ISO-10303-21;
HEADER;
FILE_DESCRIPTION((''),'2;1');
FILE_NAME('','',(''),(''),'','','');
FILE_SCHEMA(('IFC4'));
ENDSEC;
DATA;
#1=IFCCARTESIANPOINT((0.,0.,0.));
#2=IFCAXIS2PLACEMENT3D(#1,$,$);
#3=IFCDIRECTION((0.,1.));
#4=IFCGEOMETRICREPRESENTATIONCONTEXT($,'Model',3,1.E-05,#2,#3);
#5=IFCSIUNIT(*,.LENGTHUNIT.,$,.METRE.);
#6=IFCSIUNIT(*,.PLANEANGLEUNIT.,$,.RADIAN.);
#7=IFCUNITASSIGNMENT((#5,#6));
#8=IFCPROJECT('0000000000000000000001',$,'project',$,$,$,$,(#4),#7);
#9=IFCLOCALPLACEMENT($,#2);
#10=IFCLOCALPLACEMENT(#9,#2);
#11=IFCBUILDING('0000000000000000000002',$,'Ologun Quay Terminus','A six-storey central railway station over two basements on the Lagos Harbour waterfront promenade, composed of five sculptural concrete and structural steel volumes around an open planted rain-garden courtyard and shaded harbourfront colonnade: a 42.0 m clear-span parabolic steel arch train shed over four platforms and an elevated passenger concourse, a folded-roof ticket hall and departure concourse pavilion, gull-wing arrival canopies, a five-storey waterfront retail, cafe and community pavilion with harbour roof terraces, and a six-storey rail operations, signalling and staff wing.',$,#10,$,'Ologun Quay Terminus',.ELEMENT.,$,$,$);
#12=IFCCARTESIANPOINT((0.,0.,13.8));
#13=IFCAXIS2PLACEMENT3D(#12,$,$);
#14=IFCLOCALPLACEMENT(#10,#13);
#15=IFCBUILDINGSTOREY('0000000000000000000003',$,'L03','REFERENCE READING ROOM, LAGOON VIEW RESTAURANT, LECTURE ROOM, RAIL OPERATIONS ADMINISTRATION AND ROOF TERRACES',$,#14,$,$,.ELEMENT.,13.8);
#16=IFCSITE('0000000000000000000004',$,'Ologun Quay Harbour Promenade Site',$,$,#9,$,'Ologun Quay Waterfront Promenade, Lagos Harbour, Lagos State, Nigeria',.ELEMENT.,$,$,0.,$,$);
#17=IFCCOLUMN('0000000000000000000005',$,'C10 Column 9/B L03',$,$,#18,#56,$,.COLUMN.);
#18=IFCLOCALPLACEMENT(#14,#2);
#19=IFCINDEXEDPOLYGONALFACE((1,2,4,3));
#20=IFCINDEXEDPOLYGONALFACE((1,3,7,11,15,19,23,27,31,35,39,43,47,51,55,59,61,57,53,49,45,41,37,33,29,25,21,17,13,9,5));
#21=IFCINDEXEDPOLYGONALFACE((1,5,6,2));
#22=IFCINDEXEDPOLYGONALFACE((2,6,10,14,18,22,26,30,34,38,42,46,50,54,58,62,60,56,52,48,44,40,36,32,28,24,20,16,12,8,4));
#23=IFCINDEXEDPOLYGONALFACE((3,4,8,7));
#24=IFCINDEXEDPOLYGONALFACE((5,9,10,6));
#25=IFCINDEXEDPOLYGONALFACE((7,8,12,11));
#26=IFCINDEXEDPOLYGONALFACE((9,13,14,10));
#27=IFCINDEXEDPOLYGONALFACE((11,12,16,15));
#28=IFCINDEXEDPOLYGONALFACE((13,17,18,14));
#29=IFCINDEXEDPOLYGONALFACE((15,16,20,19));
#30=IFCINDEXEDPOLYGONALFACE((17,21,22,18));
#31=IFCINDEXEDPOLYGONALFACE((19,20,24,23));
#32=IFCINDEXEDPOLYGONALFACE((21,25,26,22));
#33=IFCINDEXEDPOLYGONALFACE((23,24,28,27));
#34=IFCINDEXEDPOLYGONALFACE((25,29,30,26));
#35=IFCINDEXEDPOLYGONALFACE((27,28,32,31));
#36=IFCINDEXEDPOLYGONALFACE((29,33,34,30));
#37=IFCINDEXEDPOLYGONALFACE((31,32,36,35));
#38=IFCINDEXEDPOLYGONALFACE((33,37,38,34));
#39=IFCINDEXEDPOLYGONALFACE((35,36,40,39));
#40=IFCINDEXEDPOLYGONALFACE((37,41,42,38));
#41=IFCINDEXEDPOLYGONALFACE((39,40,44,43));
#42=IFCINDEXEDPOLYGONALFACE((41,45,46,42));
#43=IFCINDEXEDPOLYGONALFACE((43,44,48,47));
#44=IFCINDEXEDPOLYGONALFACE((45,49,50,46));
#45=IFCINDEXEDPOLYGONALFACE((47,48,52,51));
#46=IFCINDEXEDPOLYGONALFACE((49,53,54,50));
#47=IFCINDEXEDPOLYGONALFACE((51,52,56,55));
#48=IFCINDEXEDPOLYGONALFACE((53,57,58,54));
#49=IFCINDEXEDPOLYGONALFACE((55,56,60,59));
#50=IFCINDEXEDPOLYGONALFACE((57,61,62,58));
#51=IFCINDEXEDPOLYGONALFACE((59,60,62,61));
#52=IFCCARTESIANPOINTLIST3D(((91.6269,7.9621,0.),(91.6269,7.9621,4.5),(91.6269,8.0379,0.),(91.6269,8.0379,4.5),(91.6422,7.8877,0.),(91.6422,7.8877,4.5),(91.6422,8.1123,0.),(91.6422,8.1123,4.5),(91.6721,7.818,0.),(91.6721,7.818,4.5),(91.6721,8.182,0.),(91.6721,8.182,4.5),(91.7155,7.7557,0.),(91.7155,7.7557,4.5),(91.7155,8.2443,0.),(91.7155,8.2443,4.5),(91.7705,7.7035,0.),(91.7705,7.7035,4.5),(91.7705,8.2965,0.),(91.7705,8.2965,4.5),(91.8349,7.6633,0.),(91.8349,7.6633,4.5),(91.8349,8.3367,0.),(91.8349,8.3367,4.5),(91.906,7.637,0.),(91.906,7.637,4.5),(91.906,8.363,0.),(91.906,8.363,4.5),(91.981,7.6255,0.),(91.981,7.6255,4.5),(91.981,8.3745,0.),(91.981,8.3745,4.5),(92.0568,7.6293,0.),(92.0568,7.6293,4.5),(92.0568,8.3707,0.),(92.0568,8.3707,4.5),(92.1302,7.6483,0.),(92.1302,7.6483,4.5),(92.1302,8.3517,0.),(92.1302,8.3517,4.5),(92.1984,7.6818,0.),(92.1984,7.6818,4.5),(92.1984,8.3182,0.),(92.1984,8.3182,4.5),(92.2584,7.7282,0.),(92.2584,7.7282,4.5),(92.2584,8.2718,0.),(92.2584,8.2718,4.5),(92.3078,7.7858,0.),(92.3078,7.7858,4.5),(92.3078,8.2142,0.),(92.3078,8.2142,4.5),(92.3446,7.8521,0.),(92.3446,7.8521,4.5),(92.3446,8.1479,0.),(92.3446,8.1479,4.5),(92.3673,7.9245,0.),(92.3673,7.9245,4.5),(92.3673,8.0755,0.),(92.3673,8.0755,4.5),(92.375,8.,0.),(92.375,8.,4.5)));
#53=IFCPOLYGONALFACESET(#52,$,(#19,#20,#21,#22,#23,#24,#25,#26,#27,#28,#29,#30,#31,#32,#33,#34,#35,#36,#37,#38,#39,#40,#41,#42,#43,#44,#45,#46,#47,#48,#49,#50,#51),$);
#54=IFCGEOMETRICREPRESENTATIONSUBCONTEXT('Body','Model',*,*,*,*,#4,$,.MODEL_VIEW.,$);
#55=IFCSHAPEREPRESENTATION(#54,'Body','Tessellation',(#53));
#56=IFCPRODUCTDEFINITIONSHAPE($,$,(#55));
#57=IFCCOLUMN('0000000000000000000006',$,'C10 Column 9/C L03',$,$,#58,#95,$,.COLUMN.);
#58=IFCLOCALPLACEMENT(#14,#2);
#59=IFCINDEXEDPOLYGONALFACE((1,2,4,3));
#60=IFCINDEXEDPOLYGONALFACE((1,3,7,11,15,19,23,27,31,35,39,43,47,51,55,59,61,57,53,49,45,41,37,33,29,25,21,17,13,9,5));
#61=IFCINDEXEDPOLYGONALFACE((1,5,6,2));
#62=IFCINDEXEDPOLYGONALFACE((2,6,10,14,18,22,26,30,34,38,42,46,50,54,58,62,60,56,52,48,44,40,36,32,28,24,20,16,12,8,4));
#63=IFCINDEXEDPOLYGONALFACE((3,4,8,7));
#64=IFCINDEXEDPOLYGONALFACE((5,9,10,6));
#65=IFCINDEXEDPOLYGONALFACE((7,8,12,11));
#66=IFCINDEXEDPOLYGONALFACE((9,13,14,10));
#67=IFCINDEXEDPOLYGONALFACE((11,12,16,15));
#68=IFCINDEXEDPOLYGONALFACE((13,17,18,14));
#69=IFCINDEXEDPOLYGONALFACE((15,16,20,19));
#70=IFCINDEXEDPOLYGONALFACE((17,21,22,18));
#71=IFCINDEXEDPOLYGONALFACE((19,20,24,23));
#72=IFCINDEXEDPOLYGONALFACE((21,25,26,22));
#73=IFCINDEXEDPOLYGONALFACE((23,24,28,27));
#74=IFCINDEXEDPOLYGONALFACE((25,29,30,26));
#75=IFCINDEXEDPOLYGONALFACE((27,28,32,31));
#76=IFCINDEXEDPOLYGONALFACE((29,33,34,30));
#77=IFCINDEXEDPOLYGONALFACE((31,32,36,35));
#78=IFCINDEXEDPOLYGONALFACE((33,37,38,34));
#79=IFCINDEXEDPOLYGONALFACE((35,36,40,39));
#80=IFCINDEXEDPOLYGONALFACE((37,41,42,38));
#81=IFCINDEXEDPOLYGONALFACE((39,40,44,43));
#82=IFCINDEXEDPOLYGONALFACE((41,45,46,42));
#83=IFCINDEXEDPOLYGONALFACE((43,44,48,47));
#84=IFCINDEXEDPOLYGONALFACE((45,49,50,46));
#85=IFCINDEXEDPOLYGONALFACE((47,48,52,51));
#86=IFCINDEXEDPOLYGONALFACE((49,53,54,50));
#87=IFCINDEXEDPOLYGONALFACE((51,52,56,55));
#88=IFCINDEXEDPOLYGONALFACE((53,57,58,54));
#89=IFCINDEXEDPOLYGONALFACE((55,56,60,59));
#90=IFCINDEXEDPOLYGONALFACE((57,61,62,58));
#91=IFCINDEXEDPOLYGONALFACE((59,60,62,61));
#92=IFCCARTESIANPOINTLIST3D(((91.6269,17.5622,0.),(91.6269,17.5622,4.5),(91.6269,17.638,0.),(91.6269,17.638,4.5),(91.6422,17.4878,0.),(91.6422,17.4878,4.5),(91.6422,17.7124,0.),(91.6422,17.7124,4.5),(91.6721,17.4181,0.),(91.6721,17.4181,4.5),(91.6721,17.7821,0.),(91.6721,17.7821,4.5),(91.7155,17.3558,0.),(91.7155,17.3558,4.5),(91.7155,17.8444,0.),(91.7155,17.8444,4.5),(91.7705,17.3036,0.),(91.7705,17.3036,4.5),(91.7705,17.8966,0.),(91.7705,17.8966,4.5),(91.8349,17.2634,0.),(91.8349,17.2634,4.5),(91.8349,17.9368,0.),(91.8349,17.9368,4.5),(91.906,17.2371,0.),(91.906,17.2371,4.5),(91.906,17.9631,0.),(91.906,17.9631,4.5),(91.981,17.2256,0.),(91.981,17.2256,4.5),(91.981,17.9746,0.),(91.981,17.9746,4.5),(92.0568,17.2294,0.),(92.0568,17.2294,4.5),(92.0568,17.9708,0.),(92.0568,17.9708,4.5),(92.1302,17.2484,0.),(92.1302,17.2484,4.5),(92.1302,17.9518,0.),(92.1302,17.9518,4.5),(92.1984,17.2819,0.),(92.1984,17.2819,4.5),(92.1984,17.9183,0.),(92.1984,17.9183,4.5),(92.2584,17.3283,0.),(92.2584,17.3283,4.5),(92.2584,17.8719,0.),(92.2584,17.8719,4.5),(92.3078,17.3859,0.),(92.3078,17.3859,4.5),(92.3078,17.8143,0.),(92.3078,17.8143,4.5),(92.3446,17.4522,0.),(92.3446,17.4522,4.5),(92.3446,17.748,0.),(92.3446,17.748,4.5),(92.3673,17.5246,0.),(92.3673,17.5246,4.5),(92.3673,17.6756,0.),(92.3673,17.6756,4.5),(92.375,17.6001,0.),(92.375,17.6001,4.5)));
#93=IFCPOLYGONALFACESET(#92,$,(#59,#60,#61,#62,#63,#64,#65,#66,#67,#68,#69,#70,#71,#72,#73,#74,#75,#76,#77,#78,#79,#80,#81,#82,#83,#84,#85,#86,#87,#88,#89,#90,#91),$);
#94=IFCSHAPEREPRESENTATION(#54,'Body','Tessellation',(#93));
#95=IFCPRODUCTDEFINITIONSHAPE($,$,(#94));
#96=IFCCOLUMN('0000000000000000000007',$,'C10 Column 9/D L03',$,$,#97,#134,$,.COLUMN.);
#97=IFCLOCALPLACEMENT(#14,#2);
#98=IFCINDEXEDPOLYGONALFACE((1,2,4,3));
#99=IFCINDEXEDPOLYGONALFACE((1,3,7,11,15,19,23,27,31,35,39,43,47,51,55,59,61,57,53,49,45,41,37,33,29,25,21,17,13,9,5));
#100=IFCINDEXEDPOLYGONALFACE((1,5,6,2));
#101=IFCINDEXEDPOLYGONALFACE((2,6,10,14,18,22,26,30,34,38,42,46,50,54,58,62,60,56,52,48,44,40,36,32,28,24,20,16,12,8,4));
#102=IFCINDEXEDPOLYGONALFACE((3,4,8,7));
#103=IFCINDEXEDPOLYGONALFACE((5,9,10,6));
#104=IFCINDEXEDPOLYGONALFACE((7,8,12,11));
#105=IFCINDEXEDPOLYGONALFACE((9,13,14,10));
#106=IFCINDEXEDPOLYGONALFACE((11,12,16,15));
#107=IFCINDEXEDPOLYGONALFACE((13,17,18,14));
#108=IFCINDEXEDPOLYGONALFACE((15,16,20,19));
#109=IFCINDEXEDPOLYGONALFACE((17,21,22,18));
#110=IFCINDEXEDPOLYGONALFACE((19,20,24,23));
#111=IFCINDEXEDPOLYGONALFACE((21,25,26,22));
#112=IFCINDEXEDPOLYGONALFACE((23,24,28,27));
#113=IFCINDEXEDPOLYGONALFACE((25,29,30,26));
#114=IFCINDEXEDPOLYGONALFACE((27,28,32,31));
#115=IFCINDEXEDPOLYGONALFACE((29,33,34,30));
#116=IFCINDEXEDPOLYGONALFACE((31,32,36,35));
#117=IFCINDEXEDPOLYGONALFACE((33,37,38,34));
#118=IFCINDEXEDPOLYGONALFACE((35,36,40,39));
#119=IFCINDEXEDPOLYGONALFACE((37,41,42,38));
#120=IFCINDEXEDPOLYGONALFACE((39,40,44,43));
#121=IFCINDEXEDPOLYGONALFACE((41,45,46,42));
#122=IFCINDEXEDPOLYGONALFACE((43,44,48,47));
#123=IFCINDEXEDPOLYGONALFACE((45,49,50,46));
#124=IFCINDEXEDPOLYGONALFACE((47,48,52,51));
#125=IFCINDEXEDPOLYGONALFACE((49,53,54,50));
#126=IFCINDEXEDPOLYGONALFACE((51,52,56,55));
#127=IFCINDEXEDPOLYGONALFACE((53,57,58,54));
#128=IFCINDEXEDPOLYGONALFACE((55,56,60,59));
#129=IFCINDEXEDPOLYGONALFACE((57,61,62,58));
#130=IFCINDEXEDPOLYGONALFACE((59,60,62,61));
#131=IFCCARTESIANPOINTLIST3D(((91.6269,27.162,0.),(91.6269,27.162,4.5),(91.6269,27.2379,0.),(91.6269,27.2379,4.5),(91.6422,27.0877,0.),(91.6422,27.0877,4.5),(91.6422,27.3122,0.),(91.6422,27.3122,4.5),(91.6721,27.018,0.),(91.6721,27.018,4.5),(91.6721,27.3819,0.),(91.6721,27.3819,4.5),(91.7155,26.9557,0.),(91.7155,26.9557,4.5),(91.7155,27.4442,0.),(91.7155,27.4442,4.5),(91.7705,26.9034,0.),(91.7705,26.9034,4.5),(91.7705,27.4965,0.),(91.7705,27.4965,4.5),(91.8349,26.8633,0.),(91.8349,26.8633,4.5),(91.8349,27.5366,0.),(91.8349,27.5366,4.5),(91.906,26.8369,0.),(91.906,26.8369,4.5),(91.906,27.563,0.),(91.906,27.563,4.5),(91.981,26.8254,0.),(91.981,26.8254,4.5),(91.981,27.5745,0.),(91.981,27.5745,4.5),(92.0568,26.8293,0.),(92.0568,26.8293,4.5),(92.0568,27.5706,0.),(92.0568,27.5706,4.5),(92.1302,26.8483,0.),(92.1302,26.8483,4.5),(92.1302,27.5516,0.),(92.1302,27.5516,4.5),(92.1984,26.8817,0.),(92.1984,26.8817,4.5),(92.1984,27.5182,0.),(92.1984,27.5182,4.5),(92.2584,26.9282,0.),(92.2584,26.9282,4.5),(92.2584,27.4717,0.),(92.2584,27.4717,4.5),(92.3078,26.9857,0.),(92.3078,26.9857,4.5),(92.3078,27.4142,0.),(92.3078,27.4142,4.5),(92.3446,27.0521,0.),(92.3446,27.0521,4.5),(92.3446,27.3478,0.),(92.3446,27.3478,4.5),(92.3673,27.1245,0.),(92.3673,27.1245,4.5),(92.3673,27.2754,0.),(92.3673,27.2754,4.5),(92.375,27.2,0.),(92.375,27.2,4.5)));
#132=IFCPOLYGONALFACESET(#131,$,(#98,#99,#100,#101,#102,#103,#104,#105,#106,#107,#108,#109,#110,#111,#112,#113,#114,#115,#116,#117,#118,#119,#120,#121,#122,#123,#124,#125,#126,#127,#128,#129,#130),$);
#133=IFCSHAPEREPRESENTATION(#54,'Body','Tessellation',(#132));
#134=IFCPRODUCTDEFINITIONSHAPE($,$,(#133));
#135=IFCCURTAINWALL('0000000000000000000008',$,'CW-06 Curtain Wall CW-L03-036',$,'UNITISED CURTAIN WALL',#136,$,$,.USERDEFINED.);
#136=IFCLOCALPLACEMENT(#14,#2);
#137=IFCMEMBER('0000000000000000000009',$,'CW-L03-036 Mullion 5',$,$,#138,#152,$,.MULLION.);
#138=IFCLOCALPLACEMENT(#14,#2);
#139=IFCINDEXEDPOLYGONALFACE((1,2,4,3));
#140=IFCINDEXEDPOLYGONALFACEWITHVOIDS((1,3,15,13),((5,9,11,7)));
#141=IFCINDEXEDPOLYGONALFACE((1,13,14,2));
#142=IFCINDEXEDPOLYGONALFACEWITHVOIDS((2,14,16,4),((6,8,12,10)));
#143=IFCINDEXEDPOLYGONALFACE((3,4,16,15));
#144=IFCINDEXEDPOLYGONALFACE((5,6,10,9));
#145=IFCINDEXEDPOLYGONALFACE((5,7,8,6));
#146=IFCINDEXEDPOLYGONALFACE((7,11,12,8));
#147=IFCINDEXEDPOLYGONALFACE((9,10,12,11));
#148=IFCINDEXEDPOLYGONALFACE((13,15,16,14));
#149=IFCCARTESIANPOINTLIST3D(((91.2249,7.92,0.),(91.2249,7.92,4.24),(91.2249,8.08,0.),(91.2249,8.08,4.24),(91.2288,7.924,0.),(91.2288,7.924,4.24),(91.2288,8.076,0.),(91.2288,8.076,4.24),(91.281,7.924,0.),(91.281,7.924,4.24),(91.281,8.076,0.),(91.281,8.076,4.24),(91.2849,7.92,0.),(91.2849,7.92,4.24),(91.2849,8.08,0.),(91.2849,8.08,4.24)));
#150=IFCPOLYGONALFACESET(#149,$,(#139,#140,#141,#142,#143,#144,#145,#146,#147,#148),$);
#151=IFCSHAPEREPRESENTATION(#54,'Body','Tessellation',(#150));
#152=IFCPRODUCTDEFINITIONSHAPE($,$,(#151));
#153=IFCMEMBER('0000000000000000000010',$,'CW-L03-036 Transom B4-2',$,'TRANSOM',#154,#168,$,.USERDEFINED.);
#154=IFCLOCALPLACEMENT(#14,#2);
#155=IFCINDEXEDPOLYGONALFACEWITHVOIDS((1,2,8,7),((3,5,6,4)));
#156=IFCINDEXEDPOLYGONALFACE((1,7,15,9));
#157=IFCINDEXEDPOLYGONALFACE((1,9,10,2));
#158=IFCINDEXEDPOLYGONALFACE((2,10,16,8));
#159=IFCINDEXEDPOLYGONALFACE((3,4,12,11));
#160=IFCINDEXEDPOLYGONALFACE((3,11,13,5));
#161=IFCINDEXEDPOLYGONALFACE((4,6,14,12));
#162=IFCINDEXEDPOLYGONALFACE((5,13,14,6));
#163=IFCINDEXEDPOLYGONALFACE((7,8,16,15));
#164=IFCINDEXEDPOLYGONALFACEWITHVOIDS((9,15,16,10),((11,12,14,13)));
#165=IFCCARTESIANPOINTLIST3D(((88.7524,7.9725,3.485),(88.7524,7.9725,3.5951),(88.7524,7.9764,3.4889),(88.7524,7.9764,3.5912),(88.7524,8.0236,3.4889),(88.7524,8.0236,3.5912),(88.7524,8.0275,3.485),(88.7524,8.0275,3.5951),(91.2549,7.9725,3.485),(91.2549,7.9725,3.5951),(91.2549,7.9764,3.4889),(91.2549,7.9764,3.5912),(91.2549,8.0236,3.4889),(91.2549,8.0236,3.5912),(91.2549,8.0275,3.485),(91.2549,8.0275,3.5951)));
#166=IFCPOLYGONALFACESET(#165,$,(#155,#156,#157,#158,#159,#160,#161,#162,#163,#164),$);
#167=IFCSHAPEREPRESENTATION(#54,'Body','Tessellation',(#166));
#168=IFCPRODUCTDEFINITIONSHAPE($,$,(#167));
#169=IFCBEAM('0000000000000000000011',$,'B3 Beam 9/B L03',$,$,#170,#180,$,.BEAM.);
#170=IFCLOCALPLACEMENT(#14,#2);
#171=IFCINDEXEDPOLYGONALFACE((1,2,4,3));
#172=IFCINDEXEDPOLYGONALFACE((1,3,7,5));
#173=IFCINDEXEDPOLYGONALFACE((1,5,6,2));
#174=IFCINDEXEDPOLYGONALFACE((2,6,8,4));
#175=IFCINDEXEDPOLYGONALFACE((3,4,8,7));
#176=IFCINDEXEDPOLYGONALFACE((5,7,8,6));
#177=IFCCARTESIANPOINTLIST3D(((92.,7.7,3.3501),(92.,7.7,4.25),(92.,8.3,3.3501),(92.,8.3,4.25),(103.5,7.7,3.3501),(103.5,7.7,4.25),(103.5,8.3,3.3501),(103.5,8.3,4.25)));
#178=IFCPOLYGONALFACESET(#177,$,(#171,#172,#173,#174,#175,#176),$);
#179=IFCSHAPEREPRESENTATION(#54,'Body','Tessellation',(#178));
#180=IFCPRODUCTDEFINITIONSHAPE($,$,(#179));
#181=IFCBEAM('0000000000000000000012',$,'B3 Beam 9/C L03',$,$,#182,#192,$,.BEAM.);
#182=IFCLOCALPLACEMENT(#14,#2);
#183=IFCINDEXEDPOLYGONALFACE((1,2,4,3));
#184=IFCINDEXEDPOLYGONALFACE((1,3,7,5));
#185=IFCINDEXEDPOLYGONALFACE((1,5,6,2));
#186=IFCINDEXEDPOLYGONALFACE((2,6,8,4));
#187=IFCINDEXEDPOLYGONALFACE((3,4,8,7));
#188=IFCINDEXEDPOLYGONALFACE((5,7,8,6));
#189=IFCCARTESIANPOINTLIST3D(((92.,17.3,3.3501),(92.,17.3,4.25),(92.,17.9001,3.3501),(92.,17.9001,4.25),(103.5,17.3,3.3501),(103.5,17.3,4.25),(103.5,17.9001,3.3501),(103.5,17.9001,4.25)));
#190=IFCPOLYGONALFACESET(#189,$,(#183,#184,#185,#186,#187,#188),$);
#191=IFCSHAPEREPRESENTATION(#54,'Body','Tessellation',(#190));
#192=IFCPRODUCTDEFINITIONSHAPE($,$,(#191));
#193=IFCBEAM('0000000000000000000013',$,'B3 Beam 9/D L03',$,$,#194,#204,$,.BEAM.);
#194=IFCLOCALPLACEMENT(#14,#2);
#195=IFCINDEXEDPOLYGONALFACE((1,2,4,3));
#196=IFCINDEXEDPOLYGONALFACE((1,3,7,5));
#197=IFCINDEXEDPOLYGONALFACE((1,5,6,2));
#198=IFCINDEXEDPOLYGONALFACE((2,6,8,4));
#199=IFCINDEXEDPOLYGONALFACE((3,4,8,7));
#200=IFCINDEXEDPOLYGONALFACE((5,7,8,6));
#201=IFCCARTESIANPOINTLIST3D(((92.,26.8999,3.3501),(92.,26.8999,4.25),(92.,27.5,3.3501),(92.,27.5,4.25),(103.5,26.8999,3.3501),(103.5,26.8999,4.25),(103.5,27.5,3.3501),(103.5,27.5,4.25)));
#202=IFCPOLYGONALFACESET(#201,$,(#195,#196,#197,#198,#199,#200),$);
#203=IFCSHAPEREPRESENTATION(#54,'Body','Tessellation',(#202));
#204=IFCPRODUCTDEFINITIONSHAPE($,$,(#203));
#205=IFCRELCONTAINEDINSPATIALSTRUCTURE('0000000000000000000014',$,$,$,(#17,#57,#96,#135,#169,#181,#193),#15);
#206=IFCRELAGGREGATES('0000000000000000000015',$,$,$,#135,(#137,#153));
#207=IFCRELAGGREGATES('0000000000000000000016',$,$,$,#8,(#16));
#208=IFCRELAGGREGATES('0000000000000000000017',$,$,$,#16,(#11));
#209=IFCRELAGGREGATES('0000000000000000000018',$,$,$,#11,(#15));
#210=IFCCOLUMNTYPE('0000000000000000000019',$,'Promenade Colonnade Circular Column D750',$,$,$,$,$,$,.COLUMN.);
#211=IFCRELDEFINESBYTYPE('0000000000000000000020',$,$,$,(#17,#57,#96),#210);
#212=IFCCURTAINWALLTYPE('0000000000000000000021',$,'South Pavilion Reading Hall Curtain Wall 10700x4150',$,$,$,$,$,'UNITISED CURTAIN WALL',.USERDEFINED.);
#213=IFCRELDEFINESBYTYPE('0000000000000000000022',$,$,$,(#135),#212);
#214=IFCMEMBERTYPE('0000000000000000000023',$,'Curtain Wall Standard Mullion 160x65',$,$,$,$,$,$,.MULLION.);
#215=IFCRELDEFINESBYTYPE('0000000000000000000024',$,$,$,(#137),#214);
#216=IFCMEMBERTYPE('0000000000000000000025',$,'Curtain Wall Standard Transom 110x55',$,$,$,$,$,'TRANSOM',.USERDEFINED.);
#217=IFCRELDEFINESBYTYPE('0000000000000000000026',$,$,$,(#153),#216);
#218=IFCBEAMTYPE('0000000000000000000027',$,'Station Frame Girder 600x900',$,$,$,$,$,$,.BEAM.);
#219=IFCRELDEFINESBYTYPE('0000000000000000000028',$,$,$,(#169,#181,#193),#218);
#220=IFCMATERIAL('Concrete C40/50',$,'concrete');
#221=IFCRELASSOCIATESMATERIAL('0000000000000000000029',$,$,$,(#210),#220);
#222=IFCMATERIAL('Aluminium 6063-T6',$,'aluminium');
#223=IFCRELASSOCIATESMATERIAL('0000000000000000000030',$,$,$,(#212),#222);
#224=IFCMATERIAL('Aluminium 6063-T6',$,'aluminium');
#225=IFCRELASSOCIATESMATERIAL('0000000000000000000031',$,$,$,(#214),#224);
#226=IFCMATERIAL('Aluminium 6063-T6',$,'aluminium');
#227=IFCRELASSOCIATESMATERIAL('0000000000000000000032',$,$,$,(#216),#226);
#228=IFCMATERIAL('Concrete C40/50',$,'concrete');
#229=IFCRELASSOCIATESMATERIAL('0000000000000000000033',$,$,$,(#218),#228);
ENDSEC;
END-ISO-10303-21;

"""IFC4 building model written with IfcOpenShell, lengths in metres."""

from ifc_helpers import new_model, si_unit, direction, frame, origin, origin_2d, place, context, subcontext, project, spatial, rectangle, hollow_rectangle, circle, extrude, material, material_profile, profile_set, type_object, element, aggregate, save


model = new_model("IFC4")

# Units and contexts
model_context = context("Model", 3, precision=1e-05, world=origin(), true_north=direction((0.0, 1.0)))
body_context = subcontext(model_context, "Body", "Model", "MODEL_VIEW")
ifc_project = project(units=[si_unit("LENGTHUNIT", "METRE"), si_unit("PLANEANGLEUNIT", "RADIAN")], contexts=[model_context])

# Site, building, storey
site_placement = place(None, origin())
site = spatial("IfcSite", under=ifc_project, at=site_placement, Name="Ologun Quay Harbour Promenade Site", LongName="Ologun Quay Waterfront Promenade, Lagos Harbour, Lagos State, Nigeria", CompositionType="ELEMENT", RefElevation=0.0)
building_placement = place(site_placement, origin())
building = spatial("IfcBuilding", under=site, at=building_placement, Name="Ologun Quay Terminus", Description="A six-storey central railway station over two basements on the Lagos Harbour waterfront promenade, composed of five sculptural concrete and structural steel volumes around an open planted rain-garden courtyard and shaded harbourfront colonnade: a 42.0 m clear-span parabolic steel arch train shed over four platforms and an elevated passenger concourse, a folded-roof ticket hall and departure concourse pavilion, gull-wing arrival canopies, a five-storey waterfront retail, cafe and community pavilion with harbour roof terraces, and a six-storey rail operations, signalling and staff wing.", LongName="Ologun Quay Terminus", CompositionType="ELEMENT")
storey_placement = place(building_placement, frame((0.0, 0.0, 13.8)))
storey = spatial("IfcBuildingStorey", under=building, at=storey_placement, Name="L03", Description="REFERENCE READING ROOM, LAGOON VIEW RESTAURANT, LECTURE ROOM, RAIL OPERATIONS ADMINISTRATION AND ROOF TERRACES", CompositionType="ELEMENT", Elevation=13.8)

# Columns
ifc_material_1 = material(Name="Concrete C40/50", Category="concrete")
ifc_material_profile_1 = material_profile(ifc_material_1, circle(Radius=0.375, at=origin_2d()), Name="RC D750")
ifc_profile_set_1 = profile_set([ifc_material_profile_1], Name="Concrete C40/50")
column_type = type_object("IfcColumnType", Name="Promenade Colonnade Circular Column D750", PredefinedType="COLUMN", material=ifc_profile_set_1)
for number, where, z_axis, x_axis, name in (
    (1, (92.0, 8.0, 0.0), (0.0, 0.0, 1.0), (1.0, 0.0, 0.0), "C10 Column 9/B L03"),
    (2, (92.0, 17.6001, 0.0), (0.0, 0.0, 1.0), (1.0, 0.0, 0.0), "C10 Column 9/C L03"),
    (3, (92.0, 27.2, 0.0), (0.0, 0.0, 1.0), (1.0, 0.0, 0.0), "C10 Column 9/D L03"),
):
    element("IfcColumn", number, at=place(storey_placement, frame(where, z_axis=z_axis, x_axis=x_axis)), inside=storey, type_object=column_type, Name=name, PredefinedType="COLUMN", context=body_context, shape_type="SweptSolid", body=[
        extrude(circle(Radius=0.375, at=origin_2d()), origin(), (0.0, 0.0, 1.0), 4.5),
    ])

# Curtain wall, members
ifc_material_2 = material(Name="Aluminium 6063-T6", Category="aluminium")
curtain_wall_type = type_object("IfcCurtainWallType", Name="South Pavilion Reading Hall Curtain Wall 10700x4150", ElementType="UNITISED CURTAIN WALL", PredefinedType="USERDEFINED", material=ifc_material_2)
curtain_wall_placement = place(storey_placement, origin())
curtain_wall = element("IfcCurtainWall", 4, at=curtain_wall_placement, inside=storey, type_object=curtain_wall_type, Name="CW-06 Curtain Wall CW-L03-036", ObjectType="UNITISED CURTAIN WALL", PredefinedType="USERDEFINED")
ifc_material_3 = material(Name="Aluminium 6063-T6", Category="aluminium")
ifc_material_profile_2 = material_profile(ifc_material_3, hollow_rectangle(XDim=0.0601, YDim=0.1599, WallThickness=0.0039, at=origin_2d()), Name="ALU 160x60x4")
ifc_profile_set_2 = profile_set([ifc_material_profile_2], Name="Aluminium 6063-T6")
member_type_1 = type_object("IfcMemberType", Name="Curtain Wall Standard Mullion 160x65", PredefinedType="MULLION", material=ifc_profile_set_2)
member_1_placement = place(storey_placement, frame((91.2549, 8.0, 0.0), z_axis=(0.0, 0.0, 1.0), x_axis=(1.0, 0.0, 0.0)))
member_1 = element("IfcMember", 5, at=member_1_placement, type_object=member_type_1, Name="CW-L03-036 Mullion 5", PredefinedType="MULLION", context=body_context, shape_type="SweptSolid", body=[
    extrude(hollow_rectangle(XDim=0.0601, YDim=0.1599, WallThickness=0.0039, at=origin_2d()), origin(), (0.0, 0.0, 1.0), 4.24),
])
ifc_material_4 = material(Name="Aluminium 6063-T6", Category="aluminium")
ifc_material_profile_3 = material_profile(ifc_material_4, hollow_rectangle(XDim=0.0549, YDim=0.1101, WallThickness=0.0039, at=origin_2d()), Name="ALU 110x55x4")
ifc_profile_set_3 = profile_set([ifc_material_profile_3], Name="Aluminium 6063-T6")
member_type_2 = type_object("IfcMemberType", Name="Curtain Wall Standard Transom 110x55", ElementType="TRANSOM", PredefinedType="USERDEFINED", material=ifc_profile_set_3)
member_2_placement = place(storey_placement, frame((88.7524, 8.0, 3.54), z_axis=(1.0, 0.0, 0.0), x_axis=(0.0, 1.0, 0.0)))
member_2 = element("IfcMember", 6, at=member_2_placement, type_object=member_type_2, Name="CW-L03-036 Transom B4-2", ObjectType="TRANSOM", PredefinedType="USERDEFINED", context=body_context, shape_type="SweptSolid", body=[
    extrude(hollow_rectangle(XDim=0.0549, YDim=0.1101, WallThickness=0.0039, at=origin_2d()), origin(), (0.0, 0.0, 1.0), 2.5024),
])

# Beams
ifc_material_5 = material(Name="Concrete C40/50", Category="concrete")
ifc_material_profile_4 = material_profile(ifc_material_5, rectangle(XDim=0.6001, YDim=0.8999, at=origin_2d()), Name="RC 600x900")
ifc_profile_set_4 = profile_set([ifc_material_profile_4], Name="Concrete C40/50")
beam_type_1 = type_object("IfcBeamType", Name="Station Frame Girder 600x900", PredefinedType="BEAM", material=ifc_profile_set_4)
for number, where, z_axis, x_axis, name in (
    (7, (92.0, 8.0, 3.8), (1.0, 0.0, 0.0), (0.0, 1.0, 0.0), "B3 Beam 9/B L03"),
    (8, (92.0, 17.6001, 3.8), (1.0, 0.0, 0.0), (0.0, 1.0, 0.0), "B3 Beam 9/C L03"),
    (9, (92.0, 27.2, 3.8), (1.0, 0.0, 0.0), (0.0, 1.0, 0.0), "B3 Beam 9/D L03"),
):
    element("IfcBeam", number, at=place(storey_placement, frame(where, z_axis=z_axis, x_axis=x_axis)), inside=storey, type_object=beam_type_1, Name=name, PredefinedType="BEAM", context=body_context, shape_type="SweptSolid", body=[
        extrude(rectangle(XDim=0.6001, YDim=0.8999, at=origin_2d()), origin(), (0.0, 0.0, 1.0), 11.5),
    ])

aggregate(curtain_wall, [member_1, member_2])

save(model, "model.ifc")
